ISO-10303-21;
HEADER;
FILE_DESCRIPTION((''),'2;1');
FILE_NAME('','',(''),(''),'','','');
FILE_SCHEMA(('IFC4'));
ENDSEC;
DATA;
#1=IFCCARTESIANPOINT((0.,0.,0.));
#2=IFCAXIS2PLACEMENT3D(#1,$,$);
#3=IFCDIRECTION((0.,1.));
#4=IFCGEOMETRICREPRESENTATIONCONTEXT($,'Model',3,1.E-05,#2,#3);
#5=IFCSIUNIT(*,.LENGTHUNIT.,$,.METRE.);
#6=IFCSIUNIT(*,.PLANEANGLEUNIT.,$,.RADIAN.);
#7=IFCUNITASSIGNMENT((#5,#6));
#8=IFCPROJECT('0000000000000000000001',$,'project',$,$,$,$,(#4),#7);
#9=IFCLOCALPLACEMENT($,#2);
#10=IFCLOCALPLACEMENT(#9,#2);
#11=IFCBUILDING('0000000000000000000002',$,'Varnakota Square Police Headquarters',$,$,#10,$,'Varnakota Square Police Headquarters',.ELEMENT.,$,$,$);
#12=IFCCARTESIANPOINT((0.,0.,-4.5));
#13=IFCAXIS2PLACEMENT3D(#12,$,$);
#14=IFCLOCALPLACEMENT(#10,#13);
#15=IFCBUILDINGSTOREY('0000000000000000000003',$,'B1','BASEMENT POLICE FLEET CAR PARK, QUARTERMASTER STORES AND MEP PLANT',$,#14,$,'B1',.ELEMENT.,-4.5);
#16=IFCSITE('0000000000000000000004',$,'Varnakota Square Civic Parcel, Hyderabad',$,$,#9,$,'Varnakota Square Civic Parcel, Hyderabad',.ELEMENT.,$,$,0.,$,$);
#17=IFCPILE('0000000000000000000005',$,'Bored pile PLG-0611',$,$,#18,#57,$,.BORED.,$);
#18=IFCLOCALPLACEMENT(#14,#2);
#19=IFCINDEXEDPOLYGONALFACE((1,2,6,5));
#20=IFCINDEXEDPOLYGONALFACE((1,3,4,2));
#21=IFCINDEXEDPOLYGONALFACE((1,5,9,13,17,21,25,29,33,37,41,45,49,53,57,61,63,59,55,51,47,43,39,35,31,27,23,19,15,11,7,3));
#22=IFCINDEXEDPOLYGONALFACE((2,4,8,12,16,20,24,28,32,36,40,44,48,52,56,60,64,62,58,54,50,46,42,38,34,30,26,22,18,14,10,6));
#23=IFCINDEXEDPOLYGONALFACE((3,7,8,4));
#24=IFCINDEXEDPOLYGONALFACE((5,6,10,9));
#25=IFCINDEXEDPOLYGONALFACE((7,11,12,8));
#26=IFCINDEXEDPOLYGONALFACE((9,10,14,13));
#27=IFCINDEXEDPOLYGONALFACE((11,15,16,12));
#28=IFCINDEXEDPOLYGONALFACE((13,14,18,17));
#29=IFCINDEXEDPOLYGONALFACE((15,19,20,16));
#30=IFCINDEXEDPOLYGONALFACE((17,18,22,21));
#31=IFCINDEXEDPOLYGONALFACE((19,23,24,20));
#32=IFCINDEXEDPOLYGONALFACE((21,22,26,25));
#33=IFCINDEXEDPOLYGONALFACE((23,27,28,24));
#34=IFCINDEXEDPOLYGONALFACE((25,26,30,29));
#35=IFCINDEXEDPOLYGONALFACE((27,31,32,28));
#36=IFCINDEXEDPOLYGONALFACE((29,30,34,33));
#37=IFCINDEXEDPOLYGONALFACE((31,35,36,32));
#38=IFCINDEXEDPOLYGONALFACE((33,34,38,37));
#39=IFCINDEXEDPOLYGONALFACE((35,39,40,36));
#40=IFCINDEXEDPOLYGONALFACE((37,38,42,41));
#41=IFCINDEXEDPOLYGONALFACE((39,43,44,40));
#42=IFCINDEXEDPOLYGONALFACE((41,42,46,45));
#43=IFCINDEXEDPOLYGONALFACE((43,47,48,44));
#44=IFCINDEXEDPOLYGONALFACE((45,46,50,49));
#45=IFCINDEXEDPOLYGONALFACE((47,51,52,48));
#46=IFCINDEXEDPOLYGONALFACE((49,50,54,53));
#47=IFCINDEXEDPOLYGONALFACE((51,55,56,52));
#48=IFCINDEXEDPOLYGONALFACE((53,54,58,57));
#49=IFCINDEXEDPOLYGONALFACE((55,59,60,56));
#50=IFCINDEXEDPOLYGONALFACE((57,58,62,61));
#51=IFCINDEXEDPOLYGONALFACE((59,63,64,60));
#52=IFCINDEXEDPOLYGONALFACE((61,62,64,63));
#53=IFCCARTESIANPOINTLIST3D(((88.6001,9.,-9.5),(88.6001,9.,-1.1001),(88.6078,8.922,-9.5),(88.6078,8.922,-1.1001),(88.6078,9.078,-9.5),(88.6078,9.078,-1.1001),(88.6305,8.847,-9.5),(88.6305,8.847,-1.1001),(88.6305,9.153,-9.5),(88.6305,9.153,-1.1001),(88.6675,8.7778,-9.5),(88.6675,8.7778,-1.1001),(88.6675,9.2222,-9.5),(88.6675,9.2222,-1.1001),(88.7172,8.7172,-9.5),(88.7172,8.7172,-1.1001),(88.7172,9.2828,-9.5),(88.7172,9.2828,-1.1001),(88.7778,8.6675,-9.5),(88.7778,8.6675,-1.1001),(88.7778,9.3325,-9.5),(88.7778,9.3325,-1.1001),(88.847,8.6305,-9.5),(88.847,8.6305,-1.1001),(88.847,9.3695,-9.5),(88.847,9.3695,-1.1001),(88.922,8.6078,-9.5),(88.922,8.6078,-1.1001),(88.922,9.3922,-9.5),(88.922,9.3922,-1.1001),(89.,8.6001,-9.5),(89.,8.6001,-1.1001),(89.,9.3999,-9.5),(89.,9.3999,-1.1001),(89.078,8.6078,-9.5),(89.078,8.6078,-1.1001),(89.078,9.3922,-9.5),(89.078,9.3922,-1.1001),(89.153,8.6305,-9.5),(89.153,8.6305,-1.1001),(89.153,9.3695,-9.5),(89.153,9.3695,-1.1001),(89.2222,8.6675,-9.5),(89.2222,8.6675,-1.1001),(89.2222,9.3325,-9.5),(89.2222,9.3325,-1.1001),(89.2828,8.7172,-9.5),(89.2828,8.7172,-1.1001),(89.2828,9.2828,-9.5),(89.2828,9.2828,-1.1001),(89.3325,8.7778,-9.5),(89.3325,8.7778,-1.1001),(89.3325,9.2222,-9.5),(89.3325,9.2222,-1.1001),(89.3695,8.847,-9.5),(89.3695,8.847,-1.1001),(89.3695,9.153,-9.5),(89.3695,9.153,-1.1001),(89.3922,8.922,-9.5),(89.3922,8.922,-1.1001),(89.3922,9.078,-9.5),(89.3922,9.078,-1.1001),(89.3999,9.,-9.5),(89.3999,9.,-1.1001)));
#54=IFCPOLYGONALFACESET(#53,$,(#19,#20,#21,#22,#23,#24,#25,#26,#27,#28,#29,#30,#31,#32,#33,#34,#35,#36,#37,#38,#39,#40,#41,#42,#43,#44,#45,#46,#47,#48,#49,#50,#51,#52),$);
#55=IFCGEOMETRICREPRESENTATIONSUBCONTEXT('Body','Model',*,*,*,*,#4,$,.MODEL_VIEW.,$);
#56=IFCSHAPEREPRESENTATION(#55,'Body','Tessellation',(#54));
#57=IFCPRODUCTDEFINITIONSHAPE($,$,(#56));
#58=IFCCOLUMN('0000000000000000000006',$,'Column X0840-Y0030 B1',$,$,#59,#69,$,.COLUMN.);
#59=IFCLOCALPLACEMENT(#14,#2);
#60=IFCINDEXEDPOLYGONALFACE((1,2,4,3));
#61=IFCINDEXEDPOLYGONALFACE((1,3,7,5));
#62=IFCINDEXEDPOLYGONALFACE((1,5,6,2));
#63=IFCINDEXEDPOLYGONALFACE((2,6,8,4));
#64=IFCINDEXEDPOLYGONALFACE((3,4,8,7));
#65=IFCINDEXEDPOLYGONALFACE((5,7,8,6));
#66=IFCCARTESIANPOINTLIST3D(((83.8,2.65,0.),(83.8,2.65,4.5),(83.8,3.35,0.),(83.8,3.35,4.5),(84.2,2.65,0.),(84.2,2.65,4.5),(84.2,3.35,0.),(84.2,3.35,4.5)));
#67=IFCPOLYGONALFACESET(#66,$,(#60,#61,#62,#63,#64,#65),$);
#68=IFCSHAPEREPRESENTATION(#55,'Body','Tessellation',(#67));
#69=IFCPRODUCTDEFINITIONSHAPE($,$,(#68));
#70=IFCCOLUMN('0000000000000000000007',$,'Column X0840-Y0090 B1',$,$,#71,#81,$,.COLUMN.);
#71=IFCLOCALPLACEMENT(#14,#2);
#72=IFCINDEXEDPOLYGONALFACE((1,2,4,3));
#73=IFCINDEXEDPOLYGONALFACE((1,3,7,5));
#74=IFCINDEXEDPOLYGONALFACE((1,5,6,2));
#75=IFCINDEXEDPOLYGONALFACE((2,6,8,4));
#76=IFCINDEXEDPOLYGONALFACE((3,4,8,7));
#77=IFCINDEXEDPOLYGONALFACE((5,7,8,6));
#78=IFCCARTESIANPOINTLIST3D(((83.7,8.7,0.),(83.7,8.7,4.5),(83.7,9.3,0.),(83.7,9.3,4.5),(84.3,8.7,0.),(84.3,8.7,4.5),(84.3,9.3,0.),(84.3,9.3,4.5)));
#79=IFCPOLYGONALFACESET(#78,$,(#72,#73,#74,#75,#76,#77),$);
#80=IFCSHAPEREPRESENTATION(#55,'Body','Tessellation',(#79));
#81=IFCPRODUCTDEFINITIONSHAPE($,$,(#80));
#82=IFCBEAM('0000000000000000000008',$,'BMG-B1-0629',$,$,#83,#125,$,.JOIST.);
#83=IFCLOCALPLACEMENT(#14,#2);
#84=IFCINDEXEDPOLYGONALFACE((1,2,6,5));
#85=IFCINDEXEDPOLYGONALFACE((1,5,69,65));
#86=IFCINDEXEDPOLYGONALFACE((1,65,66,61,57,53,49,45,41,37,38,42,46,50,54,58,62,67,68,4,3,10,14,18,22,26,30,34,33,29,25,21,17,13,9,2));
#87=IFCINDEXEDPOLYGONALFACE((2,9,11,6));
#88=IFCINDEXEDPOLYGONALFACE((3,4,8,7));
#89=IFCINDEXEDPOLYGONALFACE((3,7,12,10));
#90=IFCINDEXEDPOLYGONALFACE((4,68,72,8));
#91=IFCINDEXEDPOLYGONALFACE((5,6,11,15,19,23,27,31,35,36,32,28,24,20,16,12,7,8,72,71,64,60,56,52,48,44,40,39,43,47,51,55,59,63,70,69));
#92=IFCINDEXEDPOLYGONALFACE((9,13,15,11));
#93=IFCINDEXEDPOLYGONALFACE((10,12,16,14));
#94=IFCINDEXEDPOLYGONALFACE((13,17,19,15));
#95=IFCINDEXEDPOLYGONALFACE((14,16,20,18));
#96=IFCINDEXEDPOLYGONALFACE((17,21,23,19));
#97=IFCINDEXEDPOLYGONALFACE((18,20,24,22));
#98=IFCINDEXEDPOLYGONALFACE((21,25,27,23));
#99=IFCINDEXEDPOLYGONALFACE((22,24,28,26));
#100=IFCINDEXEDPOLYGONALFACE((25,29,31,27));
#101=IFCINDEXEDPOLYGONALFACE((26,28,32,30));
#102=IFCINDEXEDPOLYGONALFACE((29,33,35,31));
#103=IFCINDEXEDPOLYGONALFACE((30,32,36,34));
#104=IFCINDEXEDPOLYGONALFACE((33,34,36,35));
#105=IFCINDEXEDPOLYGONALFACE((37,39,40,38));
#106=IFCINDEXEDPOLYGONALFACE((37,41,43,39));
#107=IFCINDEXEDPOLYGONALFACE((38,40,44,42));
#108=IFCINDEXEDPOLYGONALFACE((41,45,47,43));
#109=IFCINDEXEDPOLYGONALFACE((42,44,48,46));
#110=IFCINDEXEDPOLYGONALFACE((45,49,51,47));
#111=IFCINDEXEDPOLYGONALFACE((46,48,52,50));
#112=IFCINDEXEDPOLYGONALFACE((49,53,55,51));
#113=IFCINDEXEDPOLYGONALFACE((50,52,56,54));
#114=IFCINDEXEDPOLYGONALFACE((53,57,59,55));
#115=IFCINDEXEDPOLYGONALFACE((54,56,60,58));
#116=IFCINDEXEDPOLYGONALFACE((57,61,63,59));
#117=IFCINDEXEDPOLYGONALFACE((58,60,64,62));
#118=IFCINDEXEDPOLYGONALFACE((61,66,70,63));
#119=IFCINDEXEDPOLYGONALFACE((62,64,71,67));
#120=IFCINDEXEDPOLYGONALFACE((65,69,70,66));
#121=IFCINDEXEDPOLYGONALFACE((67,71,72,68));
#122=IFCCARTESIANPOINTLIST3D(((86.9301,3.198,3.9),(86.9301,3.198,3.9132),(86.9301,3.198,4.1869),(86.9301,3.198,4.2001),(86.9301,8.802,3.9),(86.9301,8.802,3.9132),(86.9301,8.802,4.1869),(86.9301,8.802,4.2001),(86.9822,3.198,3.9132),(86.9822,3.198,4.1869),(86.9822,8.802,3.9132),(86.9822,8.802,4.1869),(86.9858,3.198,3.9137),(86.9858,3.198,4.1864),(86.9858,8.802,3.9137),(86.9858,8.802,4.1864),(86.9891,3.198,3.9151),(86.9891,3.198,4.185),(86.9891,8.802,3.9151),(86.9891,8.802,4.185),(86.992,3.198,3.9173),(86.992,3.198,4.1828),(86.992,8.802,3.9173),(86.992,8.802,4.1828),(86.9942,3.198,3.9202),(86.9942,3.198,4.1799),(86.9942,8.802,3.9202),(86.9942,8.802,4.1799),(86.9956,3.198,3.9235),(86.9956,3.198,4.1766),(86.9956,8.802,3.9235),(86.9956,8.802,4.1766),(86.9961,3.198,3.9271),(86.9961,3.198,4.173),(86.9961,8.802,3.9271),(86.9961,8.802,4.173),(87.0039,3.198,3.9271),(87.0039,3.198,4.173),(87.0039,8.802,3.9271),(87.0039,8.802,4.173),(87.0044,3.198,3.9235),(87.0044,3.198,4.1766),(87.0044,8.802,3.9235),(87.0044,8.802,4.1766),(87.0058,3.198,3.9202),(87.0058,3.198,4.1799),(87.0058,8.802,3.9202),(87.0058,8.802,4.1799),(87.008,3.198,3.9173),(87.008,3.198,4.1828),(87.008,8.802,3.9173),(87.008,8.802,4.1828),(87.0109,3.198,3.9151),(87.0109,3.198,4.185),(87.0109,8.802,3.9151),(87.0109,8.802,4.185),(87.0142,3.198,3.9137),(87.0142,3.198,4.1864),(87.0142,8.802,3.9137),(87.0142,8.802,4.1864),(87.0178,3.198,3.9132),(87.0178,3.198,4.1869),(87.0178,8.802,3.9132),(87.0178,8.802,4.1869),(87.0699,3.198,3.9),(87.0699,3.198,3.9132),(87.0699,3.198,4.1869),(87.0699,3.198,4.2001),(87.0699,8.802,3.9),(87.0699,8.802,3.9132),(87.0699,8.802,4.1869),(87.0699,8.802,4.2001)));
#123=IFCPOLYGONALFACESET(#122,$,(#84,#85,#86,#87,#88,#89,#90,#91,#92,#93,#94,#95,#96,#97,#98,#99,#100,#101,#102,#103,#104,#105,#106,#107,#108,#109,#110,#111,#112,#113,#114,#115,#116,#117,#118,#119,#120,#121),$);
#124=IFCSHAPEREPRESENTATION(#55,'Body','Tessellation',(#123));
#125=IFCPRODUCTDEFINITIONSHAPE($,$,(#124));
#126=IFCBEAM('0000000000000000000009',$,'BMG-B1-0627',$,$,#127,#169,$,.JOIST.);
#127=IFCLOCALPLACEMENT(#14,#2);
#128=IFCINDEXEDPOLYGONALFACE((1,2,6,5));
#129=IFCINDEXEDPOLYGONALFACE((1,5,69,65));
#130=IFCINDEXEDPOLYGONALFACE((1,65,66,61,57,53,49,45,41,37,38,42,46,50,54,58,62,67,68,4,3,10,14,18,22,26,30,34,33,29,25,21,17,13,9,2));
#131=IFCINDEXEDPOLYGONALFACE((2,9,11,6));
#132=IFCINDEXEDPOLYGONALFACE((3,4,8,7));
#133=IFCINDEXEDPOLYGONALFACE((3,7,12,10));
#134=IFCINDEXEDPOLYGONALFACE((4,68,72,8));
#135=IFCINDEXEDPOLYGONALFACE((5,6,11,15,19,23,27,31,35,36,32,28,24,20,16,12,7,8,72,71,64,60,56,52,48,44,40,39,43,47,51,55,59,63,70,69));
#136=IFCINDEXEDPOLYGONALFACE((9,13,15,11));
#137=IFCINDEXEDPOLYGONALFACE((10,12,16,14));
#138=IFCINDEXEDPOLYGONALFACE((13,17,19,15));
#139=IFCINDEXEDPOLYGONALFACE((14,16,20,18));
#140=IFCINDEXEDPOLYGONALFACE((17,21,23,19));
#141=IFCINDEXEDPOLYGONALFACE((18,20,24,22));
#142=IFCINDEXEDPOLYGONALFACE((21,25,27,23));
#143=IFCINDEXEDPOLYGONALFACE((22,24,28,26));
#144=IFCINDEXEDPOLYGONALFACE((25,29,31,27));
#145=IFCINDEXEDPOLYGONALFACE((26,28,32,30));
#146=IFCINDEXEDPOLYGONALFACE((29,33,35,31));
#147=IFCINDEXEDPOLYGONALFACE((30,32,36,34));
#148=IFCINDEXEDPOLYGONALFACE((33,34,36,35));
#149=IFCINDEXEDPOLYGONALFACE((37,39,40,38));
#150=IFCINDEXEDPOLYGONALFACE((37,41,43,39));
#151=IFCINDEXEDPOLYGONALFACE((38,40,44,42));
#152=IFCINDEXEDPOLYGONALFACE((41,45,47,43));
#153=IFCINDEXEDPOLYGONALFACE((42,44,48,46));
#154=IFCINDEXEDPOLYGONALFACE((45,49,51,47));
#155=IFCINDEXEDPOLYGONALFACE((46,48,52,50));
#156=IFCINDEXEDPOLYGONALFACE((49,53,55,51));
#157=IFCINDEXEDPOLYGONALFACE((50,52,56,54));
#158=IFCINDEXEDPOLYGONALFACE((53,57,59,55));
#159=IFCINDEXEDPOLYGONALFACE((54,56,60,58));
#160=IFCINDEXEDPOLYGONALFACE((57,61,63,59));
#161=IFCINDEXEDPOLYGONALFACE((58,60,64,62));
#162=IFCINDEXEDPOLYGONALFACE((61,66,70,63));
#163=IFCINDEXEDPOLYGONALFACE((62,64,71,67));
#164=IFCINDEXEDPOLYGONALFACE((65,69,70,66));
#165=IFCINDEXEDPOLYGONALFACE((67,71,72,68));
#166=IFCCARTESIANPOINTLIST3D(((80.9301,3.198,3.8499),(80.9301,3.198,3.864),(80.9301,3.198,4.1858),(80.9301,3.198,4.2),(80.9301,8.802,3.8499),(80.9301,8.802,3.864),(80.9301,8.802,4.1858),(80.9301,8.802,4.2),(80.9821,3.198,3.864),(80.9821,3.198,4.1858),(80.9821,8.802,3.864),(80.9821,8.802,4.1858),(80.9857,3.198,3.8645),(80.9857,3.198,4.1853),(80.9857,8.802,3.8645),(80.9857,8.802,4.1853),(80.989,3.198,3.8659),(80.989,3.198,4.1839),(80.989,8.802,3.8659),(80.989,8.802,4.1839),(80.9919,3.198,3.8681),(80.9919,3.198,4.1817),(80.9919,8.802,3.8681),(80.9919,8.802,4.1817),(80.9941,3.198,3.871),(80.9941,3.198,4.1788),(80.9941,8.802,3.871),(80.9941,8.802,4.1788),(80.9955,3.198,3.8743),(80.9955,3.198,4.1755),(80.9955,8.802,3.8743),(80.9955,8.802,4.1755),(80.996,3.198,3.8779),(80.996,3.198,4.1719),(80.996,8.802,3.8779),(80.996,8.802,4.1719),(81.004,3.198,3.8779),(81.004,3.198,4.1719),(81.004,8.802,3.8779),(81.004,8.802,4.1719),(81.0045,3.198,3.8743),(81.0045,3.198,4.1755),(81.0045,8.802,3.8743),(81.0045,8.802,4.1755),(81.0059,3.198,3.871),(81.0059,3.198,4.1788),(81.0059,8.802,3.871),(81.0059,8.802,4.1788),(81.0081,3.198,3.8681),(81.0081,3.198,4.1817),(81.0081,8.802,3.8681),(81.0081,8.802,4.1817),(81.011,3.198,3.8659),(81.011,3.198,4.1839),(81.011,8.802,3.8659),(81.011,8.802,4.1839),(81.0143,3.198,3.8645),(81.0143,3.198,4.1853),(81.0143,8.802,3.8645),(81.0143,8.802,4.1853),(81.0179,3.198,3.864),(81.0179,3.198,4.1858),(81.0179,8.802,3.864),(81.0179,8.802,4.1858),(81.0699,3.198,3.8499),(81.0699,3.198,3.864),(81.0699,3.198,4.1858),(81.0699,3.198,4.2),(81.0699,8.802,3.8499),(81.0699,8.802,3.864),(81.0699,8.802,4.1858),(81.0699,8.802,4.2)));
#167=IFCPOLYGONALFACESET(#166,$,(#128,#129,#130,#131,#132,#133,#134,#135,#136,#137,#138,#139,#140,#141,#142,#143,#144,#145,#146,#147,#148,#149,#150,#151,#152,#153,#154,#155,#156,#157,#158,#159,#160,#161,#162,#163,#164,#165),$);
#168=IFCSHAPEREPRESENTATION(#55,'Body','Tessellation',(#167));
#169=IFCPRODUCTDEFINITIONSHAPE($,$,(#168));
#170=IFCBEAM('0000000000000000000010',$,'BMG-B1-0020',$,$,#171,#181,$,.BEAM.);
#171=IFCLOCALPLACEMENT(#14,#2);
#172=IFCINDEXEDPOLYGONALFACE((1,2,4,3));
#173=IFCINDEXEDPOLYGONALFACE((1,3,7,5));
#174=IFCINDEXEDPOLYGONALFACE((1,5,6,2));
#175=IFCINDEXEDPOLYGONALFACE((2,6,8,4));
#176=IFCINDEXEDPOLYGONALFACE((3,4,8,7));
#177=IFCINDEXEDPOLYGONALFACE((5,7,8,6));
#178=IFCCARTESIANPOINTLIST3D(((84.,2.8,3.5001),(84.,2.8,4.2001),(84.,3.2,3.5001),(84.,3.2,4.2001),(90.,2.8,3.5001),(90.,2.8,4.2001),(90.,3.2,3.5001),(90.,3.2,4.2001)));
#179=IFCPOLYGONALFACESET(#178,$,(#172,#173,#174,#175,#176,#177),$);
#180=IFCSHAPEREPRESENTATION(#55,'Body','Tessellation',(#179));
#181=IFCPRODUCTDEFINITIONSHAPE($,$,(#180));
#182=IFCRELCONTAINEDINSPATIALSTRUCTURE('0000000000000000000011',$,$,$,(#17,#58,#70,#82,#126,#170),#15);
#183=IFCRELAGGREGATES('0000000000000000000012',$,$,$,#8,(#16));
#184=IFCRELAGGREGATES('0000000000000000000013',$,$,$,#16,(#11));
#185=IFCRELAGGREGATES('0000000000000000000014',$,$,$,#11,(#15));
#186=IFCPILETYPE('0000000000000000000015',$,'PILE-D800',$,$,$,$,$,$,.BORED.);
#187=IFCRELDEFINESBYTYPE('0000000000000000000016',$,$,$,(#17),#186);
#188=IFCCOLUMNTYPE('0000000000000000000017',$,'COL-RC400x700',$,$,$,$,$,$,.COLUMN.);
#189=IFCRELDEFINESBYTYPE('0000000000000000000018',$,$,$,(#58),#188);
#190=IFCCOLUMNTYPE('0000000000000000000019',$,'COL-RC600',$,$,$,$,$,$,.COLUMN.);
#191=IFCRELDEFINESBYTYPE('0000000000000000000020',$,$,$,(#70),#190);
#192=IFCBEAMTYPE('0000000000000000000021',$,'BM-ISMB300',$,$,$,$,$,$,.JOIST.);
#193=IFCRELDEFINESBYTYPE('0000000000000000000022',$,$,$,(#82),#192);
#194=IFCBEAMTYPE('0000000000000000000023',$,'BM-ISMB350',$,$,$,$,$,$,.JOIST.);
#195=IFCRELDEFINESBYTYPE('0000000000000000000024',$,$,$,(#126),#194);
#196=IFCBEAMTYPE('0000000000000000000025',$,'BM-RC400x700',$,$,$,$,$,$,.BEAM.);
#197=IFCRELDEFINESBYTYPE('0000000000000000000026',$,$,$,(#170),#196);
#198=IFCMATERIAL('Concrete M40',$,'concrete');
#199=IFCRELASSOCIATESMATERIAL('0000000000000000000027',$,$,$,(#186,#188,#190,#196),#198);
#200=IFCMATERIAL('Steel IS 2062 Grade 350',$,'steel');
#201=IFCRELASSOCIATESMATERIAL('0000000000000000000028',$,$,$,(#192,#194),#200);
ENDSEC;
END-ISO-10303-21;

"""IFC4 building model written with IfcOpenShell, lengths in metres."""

from ifc_helpers import new_model, si_unit, direction, frame, origin, origin_2d, place, context, subcontext, project, spatial, rectangle, circle, i_section, extrude, material, material_profile, profile_set, type_object, element, save


model = new_model("IFC4")

# Units and contexts
model_context = context("Model", 3, precision=1e-05, world=origin(), true_north=direction((0.0, 1.0)))
body_context = subcontext(model_context, "Body", "Model", "MODEL_VIEW")
ifc_project = project(units=[si_unit("LENGTHUNIT", "METRE"), si_unit("PLANEANGLEUNIT", "RADIAN")], contexts=[model_context])

# Site, building, storey
site_placement = place(None, origin())
site = spatial("IfcSite", under=ifc_project, at=site_placement, Name="Varnakota Square Civic Parcel, Hyderabad", LongName="Varnakota Square Civic Parcel, Hyderabad", CompositionType="ELEMENT", RefElevation=0.0)
building_placement = place(site_placement, origin())
building = spatial("IfcBuilding", under=site, at=building_placement, Name="Varnakota Square Police Headquarters", LongName="Varnakota Square Police Headquarters", CompositionType="ELEMENT")
storey_placement = place(building_placement, frame((0.0, 0.0, -4.5)))
storey = spatial("IfcBuildingStorey", under=building, at=storey_placement, Name="B1", Description="BASEMENT POLICE FLEET CAR PARK, QUARTERMASTER STORES AND MEP PLANT", LongName="B1", CompositionType="ELEMENT", Elevation=-4.5)

# Shared definitions
ifc_material_1 = material(Name="Concrete M40", Category="concrete")

# Pile
ifc_material_profile_1 = material_profile(ifc_material_1, circle(Radius=0.3999, at=origin_2d()), Name="BORED PILE 800")
ifc_profile_set_1 = profile_set([ifc_material_profile_1], Name="Concrete M40")
pile_type = type_object("IfcPileType", Name="PILE-D800", PredefinedType="BORED", material=ifc_profile_set_1)
for number, where, z_axis, x_axis, name in (
    (1, (89.0, 9.0, -1.1001), (0.0, 0.0, -1.0), (1.0, 0.0, 0.0), "Bored pile PLG-0611"),
):
    element("IfcPile", number, at=place(storey_placement, frame(where, z_axis=z_axis, x_axis=x_axis)), inside=storey, type_object=pile_type, Name=name, PredefinedType="BORED", context=body_context, shape_type="SweptSolid", body=[
        extrude(circle(Radius=0.3999, at=origin_2d()), origin(), (0.0, 0.0, 1.0), 8.3999),
    ])

# Columns
ifc_material_profile_2 = material_profile(ifc_material_1, rectangle(XDim=0.3999, YDim=0.7, at=origin_2d()), Name="RC 400x700")
ifc_profile_set_2 = profile_set([ifc_material_profile_2], Name="Concrete M40")
column_type_1 = type_object("IfcColumnType", Name="COL-RC400x700", PredefinedType="COLUMN", material=ifc_profile_set_2)
column_1_placement = place(storey_placement, frame((84.0, 3.0, 0.0), z_axis=(0.0, 0.0, 1.0), x_axis=(1.0, 0.0, 0.0)))
element("IfcColumn", 2, at=column_1_placement, inside=storey, type_object=column_type_1, Name="Column X0840-Y0030 B1", PredefinedType="COLUMN", context=body_context, shape_type="SweptSolid", body=[
    extrude(rectangle(XDim=0.3999, YDim=0.7, at=origin_2d()), origin(), (0.0, 0.0, 1.0), 4.5),
])
ifc_material_profile_3 = material_profile(ifc_material_1, rectangle(XDim=0.6001, YDim=0.6001, at=origin_2d()), Name="RC 600x600")
ifc_profile_set_3 = profile_set([ifc_material_profile_3], Name="Concrete M40")
column_type_2 = type_object("IfcColumnType", Name="COL-RC600", PredefinedType="COLUMN", material=ifc_profile_set_3)
column_2_placement = place(storey_placement, frame((84.0, 9.0, 0.0), z_axis=(0.0, 0.0, 1.0), x_axis=(1.0, 0.0, 0.0)))
element("IfcColumn", 3, at=column_2_placement, inside=storey, type_object=column_type_2, Name="Column X0840-Y0090 B1", PredefinedType="COLUMN", context=body_context, shape_type="SweptSolid", body=[
    extrude(rectangle(XDim=0.6001, YDim=0.6001, at=origin_2d()), origin(), (0.0, 0.0, 1.0), 4.5),
])

# Beams
ifc_material_2 = material(Name="Steel IS 2062 Grade 350", Category="steel")
ifc_material_profile_4 = material_profile(ifc_material_2, i_section(OverallWidth=0.1399, OverallDepth=0.3, WebThickness=0.0078, FlangeThickness=0.0132, FilletRadius=0.0139, at=origin_2d()), Name="ISMB 300")
ifc_profile_set_4 = profile_set([ifc_material_profile_4], Name="Steel IS 2062 Grade 350")
beam_type_1 = type_object("IfcBeamType", Name="BM-ISMB300", PredefinedType="JOIST", material=ifc_profile_set_4)
beam_1_placement = place(storey_placement, frame((87.0, 3.198, 4.05), z_axis=(0.0, 1.0, 0.0), x_axis=(-1.0, 0.0, 0.0)))
element("IfcBeam", 4, at=beam_1_placement, inside=storey, type_object=beam_type_1, Name="BMG-B1-0629", PredefinedType="JOIST", context=body_context, shape_type="SweptSolid", body=[
    extrude(i_section(OverallWidth=0.1399, OverallDepth=0.3, WebThickness=0.0078, FlangeThickness=0.0132, FilletRadius=0.0139, at=origin_2d()), origin(), (0.0, 0.0, 1.0), 5.604),
])
ifc_material_profile_5 = material_profile(ifc_material_2, i_section(OverallWidth=0.1399, OverallDepth=0.3501, WebThickness=0.0081, FlangeThickness=0.0142, FilletRadius=0.0139, at=origin_2d()), Name="ISMB 350")
ifc_profile_set_5 = profile_set([ifc_material_profile_5], Name="Steel IS 2062 Grade 350")
beam_type_2 = type_object("IfcBeamType", Name="BM-ISMB350", PredefinedType="JOIST", material=ifc_profile_set_5)
beam_2_placement = place(storey_placement, frame((81.0, 3.198, 4.0249), z_axis=(0.0, 1.0, 0.0), x_axis=(-1.0, 0.0, 0.0)))
element("IfcBeam", 5, at=beam_2_placement, inside=storey, type_object=beam_type_2, Name="BMG-B1-0627", PredefinedType="JOIST", context=body_context, shape_type="SweptSolid", body=[
    extrude(i_section(OverallWidth=0.1399, OverallDepth=0.3501, WebThickness=0.0081, FlangeThickness=0.0142, FilletRadius=0.0139, at=origin_2d()), origin(), (0.0, 0.0, 1.0), 5.604),
])
ifc_material_profile_6 = material_profile(ifc_material_1, rectangle(XDim=0.3999, YDim=0.7, at=origin_2d()), Name="RC 400x700")
ifc_profile_set_6 = profile_set([ifc_material_profile_6], Name="Concrete M40")
beam_type_3 = type_object("IfcBeamType", Name="BM-RC400x700", PredefinedType="BEAM", material=ifc_profile_set_6)
for number, where, z_axis, x_axis, name in (
    (6, (84.0, 3.0, 3.8501), (1.0, 0.0, 0.0), (0.0, 1.0, 0.0), "BMG-B1-0020"),
):
    element("IfcBeam", number, at=place(storey_placement, frame(where, z_axis=z_axis, x_axis=x_axis)), inside=storey, type_object=beam_type_3, Name=name, PredefinedType="BEAM", context=body_context, shape_type="SweptSolid", body=[
        extrude(rectangle(XDim=0.3999, YDim=0.7, at=origin_2d()), origin(), (0.0, 0.0, 1.0), 6.0),
    ])

save(model, "model.ifc")
